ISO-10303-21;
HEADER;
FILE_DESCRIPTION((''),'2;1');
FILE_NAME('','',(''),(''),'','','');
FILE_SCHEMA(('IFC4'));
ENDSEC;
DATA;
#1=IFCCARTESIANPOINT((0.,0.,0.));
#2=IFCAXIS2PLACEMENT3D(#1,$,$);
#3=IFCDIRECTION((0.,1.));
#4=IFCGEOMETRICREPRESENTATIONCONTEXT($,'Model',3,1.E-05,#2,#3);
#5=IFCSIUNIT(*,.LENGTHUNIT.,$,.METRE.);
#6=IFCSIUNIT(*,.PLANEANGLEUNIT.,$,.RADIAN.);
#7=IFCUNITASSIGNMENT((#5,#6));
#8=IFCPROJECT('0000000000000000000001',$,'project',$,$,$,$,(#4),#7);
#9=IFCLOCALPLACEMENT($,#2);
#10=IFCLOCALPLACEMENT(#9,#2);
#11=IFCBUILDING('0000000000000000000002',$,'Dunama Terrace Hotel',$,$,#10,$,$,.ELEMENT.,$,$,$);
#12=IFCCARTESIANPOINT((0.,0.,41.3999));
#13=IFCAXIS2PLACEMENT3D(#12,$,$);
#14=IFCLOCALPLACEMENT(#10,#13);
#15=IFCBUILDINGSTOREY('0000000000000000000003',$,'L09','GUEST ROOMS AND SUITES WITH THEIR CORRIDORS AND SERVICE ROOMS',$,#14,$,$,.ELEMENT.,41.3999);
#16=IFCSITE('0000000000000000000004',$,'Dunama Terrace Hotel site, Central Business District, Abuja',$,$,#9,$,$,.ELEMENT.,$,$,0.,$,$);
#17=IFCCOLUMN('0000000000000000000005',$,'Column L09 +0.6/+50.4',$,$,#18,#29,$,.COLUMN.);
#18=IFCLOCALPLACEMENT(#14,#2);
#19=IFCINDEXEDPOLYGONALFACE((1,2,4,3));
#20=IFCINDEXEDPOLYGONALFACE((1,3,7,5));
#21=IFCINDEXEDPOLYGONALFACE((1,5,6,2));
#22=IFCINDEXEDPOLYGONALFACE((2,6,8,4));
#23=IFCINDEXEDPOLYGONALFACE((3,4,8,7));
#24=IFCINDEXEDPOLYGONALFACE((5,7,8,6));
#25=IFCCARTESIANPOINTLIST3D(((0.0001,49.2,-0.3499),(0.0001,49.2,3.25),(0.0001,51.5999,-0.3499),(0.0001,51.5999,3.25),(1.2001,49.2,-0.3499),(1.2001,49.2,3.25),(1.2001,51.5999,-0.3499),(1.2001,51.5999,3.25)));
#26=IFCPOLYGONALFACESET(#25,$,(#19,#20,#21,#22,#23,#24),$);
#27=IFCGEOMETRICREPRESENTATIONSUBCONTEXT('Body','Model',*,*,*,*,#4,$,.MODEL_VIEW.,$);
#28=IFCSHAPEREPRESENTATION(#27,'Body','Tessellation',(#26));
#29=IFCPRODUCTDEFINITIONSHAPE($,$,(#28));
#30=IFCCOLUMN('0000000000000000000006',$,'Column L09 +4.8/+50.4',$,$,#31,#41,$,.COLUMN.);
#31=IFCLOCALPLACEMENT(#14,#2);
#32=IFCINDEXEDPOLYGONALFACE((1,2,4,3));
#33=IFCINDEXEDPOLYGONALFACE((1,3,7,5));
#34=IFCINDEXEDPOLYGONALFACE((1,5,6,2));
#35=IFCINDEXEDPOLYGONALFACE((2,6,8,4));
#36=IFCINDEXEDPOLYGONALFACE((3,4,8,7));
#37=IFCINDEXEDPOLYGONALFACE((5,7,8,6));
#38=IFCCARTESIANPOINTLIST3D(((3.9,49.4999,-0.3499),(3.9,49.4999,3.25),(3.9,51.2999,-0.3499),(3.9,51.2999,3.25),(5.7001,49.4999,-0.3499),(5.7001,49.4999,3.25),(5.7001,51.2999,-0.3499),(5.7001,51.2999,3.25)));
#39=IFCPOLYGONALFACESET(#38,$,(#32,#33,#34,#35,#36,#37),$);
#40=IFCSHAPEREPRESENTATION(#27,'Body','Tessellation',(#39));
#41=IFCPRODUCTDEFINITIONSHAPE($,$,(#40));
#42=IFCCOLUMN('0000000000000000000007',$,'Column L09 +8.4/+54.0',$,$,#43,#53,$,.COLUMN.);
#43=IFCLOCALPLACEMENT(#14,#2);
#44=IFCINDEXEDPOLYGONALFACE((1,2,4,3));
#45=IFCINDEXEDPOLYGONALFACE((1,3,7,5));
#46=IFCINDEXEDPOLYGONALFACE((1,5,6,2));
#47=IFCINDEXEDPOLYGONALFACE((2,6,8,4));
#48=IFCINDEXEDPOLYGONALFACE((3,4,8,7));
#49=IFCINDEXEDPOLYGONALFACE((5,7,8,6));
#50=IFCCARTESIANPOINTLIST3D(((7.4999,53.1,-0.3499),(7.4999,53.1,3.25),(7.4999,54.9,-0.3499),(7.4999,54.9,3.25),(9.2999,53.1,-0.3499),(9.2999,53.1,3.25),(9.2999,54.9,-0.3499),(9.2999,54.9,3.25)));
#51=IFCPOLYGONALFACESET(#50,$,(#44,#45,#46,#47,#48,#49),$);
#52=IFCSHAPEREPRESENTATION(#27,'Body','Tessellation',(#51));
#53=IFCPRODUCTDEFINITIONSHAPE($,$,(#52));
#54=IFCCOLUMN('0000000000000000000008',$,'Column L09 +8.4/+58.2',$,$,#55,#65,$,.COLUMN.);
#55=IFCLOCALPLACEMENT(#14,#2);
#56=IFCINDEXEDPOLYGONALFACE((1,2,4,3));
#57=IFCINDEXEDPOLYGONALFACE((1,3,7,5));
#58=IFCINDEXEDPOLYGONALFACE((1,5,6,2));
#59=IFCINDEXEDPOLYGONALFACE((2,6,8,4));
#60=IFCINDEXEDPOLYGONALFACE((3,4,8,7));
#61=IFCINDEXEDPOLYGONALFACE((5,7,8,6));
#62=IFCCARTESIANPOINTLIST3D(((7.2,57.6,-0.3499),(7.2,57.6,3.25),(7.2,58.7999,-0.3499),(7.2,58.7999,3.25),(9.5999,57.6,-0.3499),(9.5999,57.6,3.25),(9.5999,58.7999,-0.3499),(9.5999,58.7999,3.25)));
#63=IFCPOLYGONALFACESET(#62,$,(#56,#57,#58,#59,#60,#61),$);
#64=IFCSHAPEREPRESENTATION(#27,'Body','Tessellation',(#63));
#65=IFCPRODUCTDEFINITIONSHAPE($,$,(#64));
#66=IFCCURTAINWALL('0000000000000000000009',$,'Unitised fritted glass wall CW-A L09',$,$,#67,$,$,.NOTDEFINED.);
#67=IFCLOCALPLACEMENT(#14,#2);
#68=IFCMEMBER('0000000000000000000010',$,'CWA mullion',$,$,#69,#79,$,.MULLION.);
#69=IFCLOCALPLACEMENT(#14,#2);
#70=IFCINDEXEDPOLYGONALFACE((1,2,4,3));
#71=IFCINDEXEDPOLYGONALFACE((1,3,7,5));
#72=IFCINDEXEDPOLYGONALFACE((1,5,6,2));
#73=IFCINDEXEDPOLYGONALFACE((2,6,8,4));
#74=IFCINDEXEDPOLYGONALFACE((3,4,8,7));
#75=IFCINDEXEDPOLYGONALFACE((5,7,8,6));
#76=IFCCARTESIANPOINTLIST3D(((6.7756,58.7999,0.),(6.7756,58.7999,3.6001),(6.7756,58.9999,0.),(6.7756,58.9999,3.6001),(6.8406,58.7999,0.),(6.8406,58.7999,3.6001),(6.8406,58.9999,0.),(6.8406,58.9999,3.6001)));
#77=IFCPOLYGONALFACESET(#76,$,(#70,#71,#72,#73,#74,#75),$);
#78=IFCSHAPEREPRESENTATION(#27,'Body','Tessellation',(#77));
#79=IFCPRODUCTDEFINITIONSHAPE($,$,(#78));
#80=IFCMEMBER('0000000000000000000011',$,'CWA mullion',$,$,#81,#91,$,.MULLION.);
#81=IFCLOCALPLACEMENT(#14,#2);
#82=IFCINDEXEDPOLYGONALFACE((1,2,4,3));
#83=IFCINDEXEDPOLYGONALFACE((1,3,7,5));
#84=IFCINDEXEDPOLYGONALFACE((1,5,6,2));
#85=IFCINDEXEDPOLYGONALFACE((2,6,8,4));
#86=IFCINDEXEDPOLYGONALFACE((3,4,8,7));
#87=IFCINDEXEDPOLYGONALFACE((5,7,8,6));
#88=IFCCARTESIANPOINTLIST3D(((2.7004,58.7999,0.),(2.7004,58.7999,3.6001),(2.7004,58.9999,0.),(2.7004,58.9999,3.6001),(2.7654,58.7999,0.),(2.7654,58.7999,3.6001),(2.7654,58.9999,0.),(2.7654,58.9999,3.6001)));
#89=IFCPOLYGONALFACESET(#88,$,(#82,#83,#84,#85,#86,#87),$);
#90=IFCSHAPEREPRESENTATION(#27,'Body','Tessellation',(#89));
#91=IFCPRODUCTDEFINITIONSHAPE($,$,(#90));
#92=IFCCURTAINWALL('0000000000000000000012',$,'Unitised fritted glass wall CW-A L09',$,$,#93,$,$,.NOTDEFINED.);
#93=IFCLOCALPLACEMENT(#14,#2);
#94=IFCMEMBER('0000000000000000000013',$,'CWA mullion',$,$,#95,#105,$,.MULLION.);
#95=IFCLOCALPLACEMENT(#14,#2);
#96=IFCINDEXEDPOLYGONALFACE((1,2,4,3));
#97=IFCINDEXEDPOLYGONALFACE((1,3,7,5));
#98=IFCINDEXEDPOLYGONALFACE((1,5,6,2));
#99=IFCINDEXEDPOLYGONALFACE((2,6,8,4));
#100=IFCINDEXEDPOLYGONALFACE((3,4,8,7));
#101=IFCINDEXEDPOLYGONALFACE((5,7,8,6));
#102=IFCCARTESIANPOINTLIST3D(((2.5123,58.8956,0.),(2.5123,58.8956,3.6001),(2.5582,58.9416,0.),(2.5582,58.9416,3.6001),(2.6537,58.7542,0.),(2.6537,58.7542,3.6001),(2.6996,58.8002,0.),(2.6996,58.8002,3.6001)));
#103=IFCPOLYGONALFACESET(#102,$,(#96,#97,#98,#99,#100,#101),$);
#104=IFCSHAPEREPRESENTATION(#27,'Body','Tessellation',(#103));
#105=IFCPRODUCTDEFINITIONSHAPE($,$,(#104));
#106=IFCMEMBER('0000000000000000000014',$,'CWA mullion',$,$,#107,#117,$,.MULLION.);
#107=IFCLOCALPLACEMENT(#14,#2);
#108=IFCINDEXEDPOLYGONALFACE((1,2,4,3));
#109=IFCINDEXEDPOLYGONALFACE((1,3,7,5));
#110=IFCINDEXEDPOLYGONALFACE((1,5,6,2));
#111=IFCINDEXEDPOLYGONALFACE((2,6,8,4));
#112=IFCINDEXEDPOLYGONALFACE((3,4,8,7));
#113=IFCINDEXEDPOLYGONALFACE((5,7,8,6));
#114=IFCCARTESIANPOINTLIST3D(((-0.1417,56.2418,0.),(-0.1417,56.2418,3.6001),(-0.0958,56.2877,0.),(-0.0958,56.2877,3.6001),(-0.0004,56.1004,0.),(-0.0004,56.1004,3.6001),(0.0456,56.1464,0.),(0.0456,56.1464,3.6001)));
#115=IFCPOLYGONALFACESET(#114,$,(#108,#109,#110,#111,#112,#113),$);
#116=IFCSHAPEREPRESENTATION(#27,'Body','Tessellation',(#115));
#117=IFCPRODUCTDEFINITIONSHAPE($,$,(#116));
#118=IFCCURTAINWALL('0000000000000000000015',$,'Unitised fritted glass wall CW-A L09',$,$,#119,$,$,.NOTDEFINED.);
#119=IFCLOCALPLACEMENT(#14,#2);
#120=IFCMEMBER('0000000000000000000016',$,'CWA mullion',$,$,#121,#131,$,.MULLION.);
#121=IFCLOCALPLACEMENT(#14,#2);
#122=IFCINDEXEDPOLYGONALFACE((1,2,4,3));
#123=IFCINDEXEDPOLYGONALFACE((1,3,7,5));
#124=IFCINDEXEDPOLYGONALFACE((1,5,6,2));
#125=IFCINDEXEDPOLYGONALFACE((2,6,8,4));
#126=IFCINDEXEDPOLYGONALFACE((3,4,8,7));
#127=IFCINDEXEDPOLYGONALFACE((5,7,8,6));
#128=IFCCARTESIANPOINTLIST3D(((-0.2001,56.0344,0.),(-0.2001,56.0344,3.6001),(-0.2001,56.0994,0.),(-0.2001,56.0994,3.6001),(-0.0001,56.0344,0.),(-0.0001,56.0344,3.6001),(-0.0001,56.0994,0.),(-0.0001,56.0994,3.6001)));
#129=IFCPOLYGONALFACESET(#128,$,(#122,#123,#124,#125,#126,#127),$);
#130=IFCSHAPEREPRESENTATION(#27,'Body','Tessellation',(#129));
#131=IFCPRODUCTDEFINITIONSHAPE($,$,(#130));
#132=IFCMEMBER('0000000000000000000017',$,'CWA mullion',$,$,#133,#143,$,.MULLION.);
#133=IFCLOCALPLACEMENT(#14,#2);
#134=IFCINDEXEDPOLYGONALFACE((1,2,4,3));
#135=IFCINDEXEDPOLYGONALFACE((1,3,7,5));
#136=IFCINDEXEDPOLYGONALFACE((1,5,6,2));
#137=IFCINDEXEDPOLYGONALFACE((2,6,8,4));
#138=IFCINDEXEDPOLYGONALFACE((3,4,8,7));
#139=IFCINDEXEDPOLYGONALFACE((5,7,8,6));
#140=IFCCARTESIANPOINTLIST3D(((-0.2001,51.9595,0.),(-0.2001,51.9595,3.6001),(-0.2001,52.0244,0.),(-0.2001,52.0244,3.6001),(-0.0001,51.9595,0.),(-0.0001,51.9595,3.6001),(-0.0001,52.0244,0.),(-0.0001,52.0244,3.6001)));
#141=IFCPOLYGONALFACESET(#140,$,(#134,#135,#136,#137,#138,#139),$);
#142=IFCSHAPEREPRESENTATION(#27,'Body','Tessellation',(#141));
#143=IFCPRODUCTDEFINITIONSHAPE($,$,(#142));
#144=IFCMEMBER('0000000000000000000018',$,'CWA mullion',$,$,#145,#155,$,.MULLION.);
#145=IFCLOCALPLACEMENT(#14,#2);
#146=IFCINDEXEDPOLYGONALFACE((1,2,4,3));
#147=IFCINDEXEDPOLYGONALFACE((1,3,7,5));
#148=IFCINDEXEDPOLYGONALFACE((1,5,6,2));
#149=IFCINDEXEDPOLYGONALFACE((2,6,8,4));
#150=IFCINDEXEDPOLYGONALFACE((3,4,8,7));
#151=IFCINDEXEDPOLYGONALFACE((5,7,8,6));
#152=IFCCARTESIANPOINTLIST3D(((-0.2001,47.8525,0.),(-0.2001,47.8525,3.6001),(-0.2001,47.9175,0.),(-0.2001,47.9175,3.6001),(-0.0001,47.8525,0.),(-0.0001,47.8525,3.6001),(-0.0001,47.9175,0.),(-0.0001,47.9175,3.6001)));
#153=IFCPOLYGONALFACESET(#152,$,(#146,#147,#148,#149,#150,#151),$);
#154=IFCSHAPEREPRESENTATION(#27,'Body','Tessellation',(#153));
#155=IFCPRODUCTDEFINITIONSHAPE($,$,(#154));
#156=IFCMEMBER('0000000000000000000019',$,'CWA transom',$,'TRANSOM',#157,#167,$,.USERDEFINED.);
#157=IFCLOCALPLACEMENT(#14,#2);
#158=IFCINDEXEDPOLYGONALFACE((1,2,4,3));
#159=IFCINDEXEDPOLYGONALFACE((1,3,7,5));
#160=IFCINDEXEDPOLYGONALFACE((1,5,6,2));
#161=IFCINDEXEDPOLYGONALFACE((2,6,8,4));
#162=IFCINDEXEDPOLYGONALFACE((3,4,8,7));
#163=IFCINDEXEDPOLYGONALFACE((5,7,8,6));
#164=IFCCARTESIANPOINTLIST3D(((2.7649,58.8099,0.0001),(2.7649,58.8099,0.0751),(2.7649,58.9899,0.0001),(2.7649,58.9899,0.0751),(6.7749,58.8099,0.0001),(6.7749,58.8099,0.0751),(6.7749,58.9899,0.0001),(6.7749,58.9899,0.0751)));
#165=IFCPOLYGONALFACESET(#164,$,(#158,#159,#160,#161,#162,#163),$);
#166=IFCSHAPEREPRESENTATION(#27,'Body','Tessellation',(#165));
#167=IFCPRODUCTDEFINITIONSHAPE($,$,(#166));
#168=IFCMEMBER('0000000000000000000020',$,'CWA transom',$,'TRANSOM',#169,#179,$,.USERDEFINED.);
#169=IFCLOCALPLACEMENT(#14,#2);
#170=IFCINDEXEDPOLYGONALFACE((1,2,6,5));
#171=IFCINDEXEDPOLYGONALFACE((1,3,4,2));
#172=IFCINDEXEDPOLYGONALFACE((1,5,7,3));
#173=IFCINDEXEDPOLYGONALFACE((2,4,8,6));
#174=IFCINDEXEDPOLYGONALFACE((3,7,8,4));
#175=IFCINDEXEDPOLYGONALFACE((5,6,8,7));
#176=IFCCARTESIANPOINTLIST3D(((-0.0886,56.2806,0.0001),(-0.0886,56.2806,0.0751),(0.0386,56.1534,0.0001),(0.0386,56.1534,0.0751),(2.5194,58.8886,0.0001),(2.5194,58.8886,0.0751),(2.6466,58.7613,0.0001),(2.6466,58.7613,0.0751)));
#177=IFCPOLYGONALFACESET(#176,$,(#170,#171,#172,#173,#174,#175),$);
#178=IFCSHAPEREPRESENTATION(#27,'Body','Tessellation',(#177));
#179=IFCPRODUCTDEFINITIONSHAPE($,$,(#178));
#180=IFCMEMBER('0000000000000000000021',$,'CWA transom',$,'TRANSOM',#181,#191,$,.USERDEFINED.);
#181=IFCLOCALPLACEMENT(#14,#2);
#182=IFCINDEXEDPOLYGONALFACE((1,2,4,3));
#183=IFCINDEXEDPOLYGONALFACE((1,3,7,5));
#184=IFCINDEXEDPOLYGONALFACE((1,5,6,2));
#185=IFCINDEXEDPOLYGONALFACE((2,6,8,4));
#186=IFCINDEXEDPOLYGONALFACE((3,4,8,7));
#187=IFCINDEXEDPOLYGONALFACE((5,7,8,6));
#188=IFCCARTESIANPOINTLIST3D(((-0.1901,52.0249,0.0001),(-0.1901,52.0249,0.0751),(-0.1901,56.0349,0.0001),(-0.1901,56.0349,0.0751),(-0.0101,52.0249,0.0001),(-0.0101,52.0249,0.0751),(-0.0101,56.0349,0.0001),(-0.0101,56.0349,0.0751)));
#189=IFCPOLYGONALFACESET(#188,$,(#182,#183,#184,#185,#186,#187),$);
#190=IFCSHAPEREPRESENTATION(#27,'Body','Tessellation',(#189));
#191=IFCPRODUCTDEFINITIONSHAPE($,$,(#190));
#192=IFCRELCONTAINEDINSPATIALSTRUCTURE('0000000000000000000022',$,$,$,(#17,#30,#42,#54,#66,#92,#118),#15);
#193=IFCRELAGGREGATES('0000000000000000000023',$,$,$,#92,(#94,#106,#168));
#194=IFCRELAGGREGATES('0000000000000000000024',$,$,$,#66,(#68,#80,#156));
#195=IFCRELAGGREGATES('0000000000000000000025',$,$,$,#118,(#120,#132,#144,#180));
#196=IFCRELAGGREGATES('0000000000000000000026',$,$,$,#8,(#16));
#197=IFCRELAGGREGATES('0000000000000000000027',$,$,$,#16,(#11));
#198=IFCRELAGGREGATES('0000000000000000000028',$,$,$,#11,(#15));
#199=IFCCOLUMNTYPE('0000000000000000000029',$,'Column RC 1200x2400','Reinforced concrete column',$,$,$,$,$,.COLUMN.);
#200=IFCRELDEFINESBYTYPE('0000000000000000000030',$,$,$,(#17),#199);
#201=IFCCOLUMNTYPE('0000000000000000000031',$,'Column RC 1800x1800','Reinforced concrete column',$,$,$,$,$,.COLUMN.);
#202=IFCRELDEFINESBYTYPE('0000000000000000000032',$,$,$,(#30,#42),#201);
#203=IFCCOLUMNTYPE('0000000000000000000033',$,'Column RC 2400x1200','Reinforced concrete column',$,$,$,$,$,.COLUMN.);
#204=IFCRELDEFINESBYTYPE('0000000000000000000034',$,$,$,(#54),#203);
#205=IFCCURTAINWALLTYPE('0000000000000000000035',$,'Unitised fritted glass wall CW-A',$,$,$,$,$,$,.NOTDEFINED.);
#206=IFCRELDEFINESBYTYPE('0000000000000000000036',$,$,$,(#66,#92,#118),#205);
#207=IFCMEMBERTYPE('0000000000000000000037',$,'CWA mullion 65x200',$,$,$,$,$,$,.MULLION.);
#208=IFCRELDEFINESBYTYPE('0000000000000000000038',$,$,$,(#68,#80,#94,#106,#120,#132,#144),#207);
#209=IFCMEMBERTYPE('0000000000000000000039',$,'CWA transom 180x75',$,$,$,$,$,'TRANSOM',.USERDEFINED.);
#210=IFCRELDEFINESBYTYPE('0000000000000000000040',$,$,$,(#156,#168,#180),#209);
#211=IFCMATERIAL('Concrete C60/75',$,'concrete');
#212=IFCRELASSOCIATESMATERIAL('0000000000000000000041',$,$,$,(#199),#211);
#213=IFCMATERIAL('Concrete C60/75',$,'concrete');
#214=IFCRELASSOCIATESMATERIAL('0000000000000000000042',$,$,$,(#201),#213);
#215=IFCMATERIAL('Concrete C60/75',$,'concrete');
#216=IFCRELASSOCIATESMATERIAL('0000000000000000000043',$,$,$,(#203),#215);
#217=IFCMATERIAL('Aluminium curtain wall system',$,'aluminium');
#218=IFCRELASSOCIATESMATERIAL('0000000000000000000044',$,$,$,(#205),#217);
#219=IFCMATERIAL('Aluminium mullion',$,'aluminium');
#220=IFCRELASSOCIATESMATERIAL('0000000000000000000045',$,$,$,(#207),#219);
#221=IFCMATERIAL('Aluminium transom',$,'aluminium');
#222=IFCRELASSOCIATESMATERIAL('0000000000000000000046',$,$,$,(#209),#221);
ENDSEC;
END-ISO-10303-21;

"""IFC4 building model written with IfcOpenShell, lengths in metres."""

from ifc_helpers import new_model, si_unit, direction, frame, origin, origin_2d, place, context, subcontext, project, spatial, rectangle, extrude, material, material_profile, profile_set, type_object, element, aggregate, save


model = new_model("IFC4")

# Units and contexts
model_context = context("Model", 3, precision=1e-05, world=origin(), true_north=direction((0.0, 1.0)))
body_context = subcontext(model_context, "Body", "Model", "MODEL_VIEW")
ifc_project = project(units=[si_unit("LENGTHUNIT", "METRE"), si_unit("PLANEANGLEUNIT", "RADIAN")], contexts=[model_context])

# Site, building, storey
site_placement = place(None, origin())
site = spatial("IfcSite", under=ifc_project, at=site_placement, Name="Dunama Terrace Hotel site, Central Business District, Abuja", CompositionType="ELEMENT", RefElevation=0.0)
building_placement = place(site_placement, origin())
building = spatial("IfcBuilding", under=site, at=building_placement, Name="Dunama Terrace Hotel", CompositionType="ELEMENT")
storey_placement = place(building_placement, frame((0.0, 0.0, 41.3999)))
storey = spatial("IfcBuildingStorey", under=building, at=storey_placement, Name="L09", Description="GUEST ROOMS AND SUITES WITH THEIR CORRIDORS AND SERVICE ROOMS", CompositionType="ELEMENT", Elevation=41.3999)

# Columns
ifc_material_1 = material(Name="Concrete C60/75", Category="concrete")
ifc_material_profile_1 = material_profile(ifc_material_1, rectangle(XDim=1.2, YDim=2.3999, at=origin_2d()), Name="RC 1200x2400")
ifc_profile_set_1 = profile_set([ifc_material_profile_1], Name="Concrete C60/75")
column_type_1 = type_object("IfcColumnType", Name="Column RC 1200x2400", Description="Reinforced concrete column", PredefinedType="COLUMN", material=ifc_profile_set_1)
column_1_placement = place(storey_placement, frame((0.6001, 50.3999, -0.3499), z_axis=(0.0, 0.0, 1.0), x_axis=(1.0, 0.0, 0.0)))
element("IfcColumn", 1, at=column_1_placement, inside=storey, type_object=column_type_1, Name="Column L09 +0.6/+50.4", PredefinedType="COLUMN", context=body_context, shape_type="SweptSolid", body=[
    extrude(rectangle(XDim=1.2, YDim=2.3999, at=origin_2d()), origin(), (0.0, 0.0, 1.0), 3.5999),
])
ifc_material_2 = material(Name="Concrete C60/75", Category="concrete")
ifc_material_profile_2 = material_profile(ifc_material_2, rectangle(XDim=1.8, YDim=1.8, at=origin_2d()), Name="RC 1800x1800")
ifc_profile_set_2 = profile_set([ifc_material_profile_2], Name="Concrete C60/75")
column_type_2 = type_object("IfcColumnType", Name="Column RC 1800x1800", Description="Reinforced concrete column", PredefinedType="COLUMN", material=ifc_profile_set_2)
for number, where, z_axis, x_axis, name in (
    (2, (4.8, 50.3999, -0.3499), (0.0, 0.0, 1.0), (1.0, 0.0, 0.0), "Column L09 +4.8/+50.4"),
    (3, (8.3999, 54.0, -0.3499), (0.0, 0.0, 1.0), (1.0, 0.0, 0.0), "Column L09 +8.4/+54.0"),
):
    element("IfcColumn", number, at=place(storey_placement, frame(where, z_axis=z_axis, x_axis=x_axis)), inside=storey, type_object=column_type_2, Name=name, PredefinedType="COLUMN", context=body_context, shape_type="SweptSolid", body=[
        extrude(rectangle(XDim=1.8, YDim=1.8, at=origin_2d()), origin(), (0.0, 0.0, 1.0), 3.5999),
    ])
ifc_material_3 = material(Name="Concrete C60/75", Category="concrete")
ifc_material_profile_3 = material_profile(ifc_material_3, rectangle(XDim=2.3999, YDim=1.2, at=origin_2d()), Name="RC 2400x1200")
ifc_profile_set_3 = profile_set([ifc_material_profile_3], Name="Concrete C60/75")
column_type_3 = type_object("IfcColumnType", Name="Column RC 2400x1200", Description="Reinforced concrete column", PredefinedType="COLUMN", material=ifc_profile_set_3)
column_2_placement = place(storey_placement, frame((8.3999, 58.2, -0.3499), z_axis=(0.0, 0.0, 1.0), x_axis=(1.0, 0.0, 0.0)))
element("IfcColumn", 4, at=column_2_placement, inside=storey, type_object=column_type_3, Name="Column L09 +8.4/+58.2", PredefinedType="COLUMN", context=body_context, shape_type="SweptSolid", body=[
    extrude(rectangle(XDim=2.3999, YDim=1.2, at=origin_2d()), origin(), (0.0, 0.0, 1.0), 3.5999),
])

# Curtain walls, members
ifc_material_4 = material(Name="Aluminium curtain wall system", Category="aluminium")
curtain_wall_type = type_object("IfcCurtainWallType", Name="Unitised fritted glass wall CW-A", PredefinedType="NOTDEFINED", material=ifc_material_4)
curtain_wall_1_placement = place(storey_placement, origin())
curtain_wall_1 = element("IfcCurtainWall", 5, at=curtain_wall_1_placement, inside=storey, type_object=curtain_wall_type, Name="Unitised fritted glass wall CW-A L09", PredefinedType="NOTDEFINED")
ifc_material_5 = material(Name="Aluminium mullion", Category="aluminium")
ifc_material_profile_4 = material_profile(ifc_material_5, rectangle(XDim=0.0649, YDim=0.2, at=origin_2d()), Name="CWA MULLION 65X200")
ifc_profile_set_4 = profile_set([ifc_material_profile_4], Name="Aluminium mullion")
member_type_1 = type_object("IfcMemberType", Name="CWA mullion 65x200", PredefinedType="MULLION", material=ifc_profile_set_4)
member_1_placement = place(storey_placement, frame((6.8081, 58.8999, 0.0), z_axis=(0.0, 0.0, 1.0), x_axis=(-1.0, 0.0, 0.0)))
member_1 = element("IfcMember", 6, at=member_1_placement, type_object=member_type_1, Name="CWA mullion", PredefinedType="MULLION", context=body_context, shape_type="SweptSolid", body=[
    extrude(rectangle(XDim=0.0649, YDim=0.2, at=origin_2d()), origin(), (0.0, 0.0, 1.0), 3.6001),
])
member_2_placement = place(storey_placement, frame((2.7329, 58.8999, 0.0), z_axis=(0.0, 0.0, 1.0), x_axis=(-1.0, 0.0, 0.0)))
member_2 = element("IfcMember", 7, at=member_2_placement, type_object=member_type_1, Name="CWA mullion", PredefinedType="MULLION", context=body_context, shape_type="SweptSolid", body=[
    extrude(rectangle(XDim=0.0649, YDim=0.2, at=origin_2d()), origin(), (0.0, 0.0, 1.0), 3.6001),
])
curtain_wall_2_placement = place(storey_placement, origin())
curtain_wall_2 = element("IfcCurtainWall", 8, at=curtain_wall_2_placement, inside=storey, type_object=curtain_wall_type, Name="Unitised fritted glass wall CW-A L09", PredefinedType="NOTDEFINED")
member_3_placement = place(storey_placement, frame((2.606, 58.8479, 0.0), z_axis=(0.0, 0.0, 1.0), x_axis=(-0.707107, -0.707107, 0.0)))
member_3 = element("IfcMember", 9, at=member_3_placement, type_object=member_type_1, Name="CWA mullion", PredefinedType="MULLION", context=body_context, shape_type="SweptSolid", body=[
    extrude(rectangle(XDim=0.0649, YDim=0.2, at=origin_2d()), origin(), (0.0, 0.0, 1.0), 3.6001),
])
member_4_placement = place(storey_placement, frame((-0.0481, 56.1941, 0.0), z_axis=(0.0, 0.0, 1.0), x_axis=(-0.707107, -0.707107, 0.0)))
member_4 = element("IfcMember", 10, at=member_4_placement, type_object=member_type_1, Name="CWA mullion", PredefinedType="MULLION", context=body_context, shape_type="SweptSolid", body=[
    extrude(rectangle(XDim=0.0649, YDim=0.2, at=origin_2d()), origin(), (0.0, 0.0, 1.0), 3.6001),
])
curtain_wall_3_placement = place(storey_placement, origin())
curtain_wall_3 = element("IfcCurtainWall", 11, at=curtain_wall_3_placement, inside=storey, type_object=curtain_wall_type, Name="Unitised fritted glass wall CW-A L09", PredefinedType="NOTDEFINED")
member_5_placement = place(storey_placement, frame((-0.1001, 56.0669, 0.0), z_axis=(0.0, 0.0, 1.0), x_axis=(0.0, -1.0, 0.0)))
member_5 = element("IfcMember", 12, at=member_5_placement, type_object=member_type_1, Name="CWA mullion", PredefinedType="MULLION", context=body_context, shape_type="SweptSolid", body=[
    extrude(rectangle(XDim=0.0649, YDim=0.2, at=origin_2d()), origin(), (0.0, 0.0, 1.0), 3.6001),
])
member_6_placement = place(storey_placement, frame((-0.1001, 51.9919, 0.0), z_axis=(0.0, 0.0, 1.0), x_axis=(0.0, -1.0, 0.0)))
member_6 = element("IfcMember", 13, at=member_6_placement, type_object=member_type_1, Name="CWA mullion", PredefinedType="MULLION", context=body_context, shape_type="SweptSolid", body=[
    extrude(rectangle(XDim=0.0649, YDim=0.2, at=origin_2d()), origin(), (0.0, 0.0, 1.0), 3.6001),
])
member_7_placement = place(storey_placement, frame((-0.1001, 47.885, 0.0), z_axis=(0.0, 0.0, 1.0), x_axis=(0.0, -1.0, 0.0)))
member_7 = element("IfcMember", 14, at=member_7_placement, type_object=member_type_1, Name="CWA mullion", PredefinedType="MULLION", context=body_context, shape_type="SweptSolid", body=[
    extrude(rectangle(XDim=0.0649, YDim=0.2, at=origin_2d()), origin(), (0.0, 0.0, 1.0), 3.6001),
])

# Members
ifc_material_6 = material(Name="Aluminium transom", Category="aluminium")
ifc_material_profile_5 = material_profile(ifc_material_6, rectangle(XDim=0.1799, YDim=0.075, at=origin_2d()), Name="CWA TRANSOM 180X75")
ifc_profile_set_5 = profile_set([ifc_material_profile_5], Name="Aluminium transom")
member_type_2 = type_object("IfcMemberType", Name="CWA transom 180x75", ElementType="TRANSOM", PredefinedType="USERDEFINED", material=ifc_profile_set_5)
member_8_placement = place(storey_placement, frame((6.7749, 58.8999, 0.0376), z_axis=(-1.0, 0.0, 0.0), x_axis=(0.0, -1.0, 0.0)))
member_8 = element("IfcMember", 15, at=member_8_placement, type_object=member_type_2, Name="CWA transom", ObjectType="TRANSOM", PredefinedType="USERDEFINED", context=body_context, shape_type="SweptSolid", body=[
    extrude(rectangle(XDim=0.1799, YDim=0.075, at=origin_2d()), origin(), (0.0, 0.0, 1.0), 4.01),
])
member_9_placement = place(storey_placement, frame((2.583, 58.825, 0.0376), z_axis=(-0.707107, -0.707107, 0.0), x_axis=(0.707107, -0.707107, 0.0)))
member_9 = element("IfcMember", 16, at=member_9_placement, type_object=member_type_2, Name="CWA transom", ObjectType="TRANSOM", PredefinedType="USERDEFINED", context=body_context, shape_type="SweptSolid", body=[
    extrude(rectangle(XDim=0.1799, YDim=0.075, at=origin_2d()), origin(), (0.0, 0.0, 1.0), 3.6882),
])
member_10_placement = place(storey_placement, frame((-0.1001, 56.0349, 0.0376), z_axis=(0.0, -1.0, 0.0), x_axis=(1.0, 0.0, 0.0)))
member_10 = element("IfcMember", 17, at=member_10_placement, type_object=member_type_2, Name="CWA transom", ObjectType="TRANSOM", PredefinedType="USERDEFINED", context=body_context, shape_type="SweptSolid", body=[
    extrude(rectangle(XDim=0.1799, YDim=0.075, at=origin_2d()), origin(), (0.0, 0.0, 1.0), 4.01),
])

aggregate(curtain_wall_2, [member_3, member_4, member_9])
aggregate(curtain_wall_1, [member_1, member_2, member_8])
aggregate(curtain_wall_3, [member_5, member_6, member_7, member_10])

save(model, "model.ifc")
